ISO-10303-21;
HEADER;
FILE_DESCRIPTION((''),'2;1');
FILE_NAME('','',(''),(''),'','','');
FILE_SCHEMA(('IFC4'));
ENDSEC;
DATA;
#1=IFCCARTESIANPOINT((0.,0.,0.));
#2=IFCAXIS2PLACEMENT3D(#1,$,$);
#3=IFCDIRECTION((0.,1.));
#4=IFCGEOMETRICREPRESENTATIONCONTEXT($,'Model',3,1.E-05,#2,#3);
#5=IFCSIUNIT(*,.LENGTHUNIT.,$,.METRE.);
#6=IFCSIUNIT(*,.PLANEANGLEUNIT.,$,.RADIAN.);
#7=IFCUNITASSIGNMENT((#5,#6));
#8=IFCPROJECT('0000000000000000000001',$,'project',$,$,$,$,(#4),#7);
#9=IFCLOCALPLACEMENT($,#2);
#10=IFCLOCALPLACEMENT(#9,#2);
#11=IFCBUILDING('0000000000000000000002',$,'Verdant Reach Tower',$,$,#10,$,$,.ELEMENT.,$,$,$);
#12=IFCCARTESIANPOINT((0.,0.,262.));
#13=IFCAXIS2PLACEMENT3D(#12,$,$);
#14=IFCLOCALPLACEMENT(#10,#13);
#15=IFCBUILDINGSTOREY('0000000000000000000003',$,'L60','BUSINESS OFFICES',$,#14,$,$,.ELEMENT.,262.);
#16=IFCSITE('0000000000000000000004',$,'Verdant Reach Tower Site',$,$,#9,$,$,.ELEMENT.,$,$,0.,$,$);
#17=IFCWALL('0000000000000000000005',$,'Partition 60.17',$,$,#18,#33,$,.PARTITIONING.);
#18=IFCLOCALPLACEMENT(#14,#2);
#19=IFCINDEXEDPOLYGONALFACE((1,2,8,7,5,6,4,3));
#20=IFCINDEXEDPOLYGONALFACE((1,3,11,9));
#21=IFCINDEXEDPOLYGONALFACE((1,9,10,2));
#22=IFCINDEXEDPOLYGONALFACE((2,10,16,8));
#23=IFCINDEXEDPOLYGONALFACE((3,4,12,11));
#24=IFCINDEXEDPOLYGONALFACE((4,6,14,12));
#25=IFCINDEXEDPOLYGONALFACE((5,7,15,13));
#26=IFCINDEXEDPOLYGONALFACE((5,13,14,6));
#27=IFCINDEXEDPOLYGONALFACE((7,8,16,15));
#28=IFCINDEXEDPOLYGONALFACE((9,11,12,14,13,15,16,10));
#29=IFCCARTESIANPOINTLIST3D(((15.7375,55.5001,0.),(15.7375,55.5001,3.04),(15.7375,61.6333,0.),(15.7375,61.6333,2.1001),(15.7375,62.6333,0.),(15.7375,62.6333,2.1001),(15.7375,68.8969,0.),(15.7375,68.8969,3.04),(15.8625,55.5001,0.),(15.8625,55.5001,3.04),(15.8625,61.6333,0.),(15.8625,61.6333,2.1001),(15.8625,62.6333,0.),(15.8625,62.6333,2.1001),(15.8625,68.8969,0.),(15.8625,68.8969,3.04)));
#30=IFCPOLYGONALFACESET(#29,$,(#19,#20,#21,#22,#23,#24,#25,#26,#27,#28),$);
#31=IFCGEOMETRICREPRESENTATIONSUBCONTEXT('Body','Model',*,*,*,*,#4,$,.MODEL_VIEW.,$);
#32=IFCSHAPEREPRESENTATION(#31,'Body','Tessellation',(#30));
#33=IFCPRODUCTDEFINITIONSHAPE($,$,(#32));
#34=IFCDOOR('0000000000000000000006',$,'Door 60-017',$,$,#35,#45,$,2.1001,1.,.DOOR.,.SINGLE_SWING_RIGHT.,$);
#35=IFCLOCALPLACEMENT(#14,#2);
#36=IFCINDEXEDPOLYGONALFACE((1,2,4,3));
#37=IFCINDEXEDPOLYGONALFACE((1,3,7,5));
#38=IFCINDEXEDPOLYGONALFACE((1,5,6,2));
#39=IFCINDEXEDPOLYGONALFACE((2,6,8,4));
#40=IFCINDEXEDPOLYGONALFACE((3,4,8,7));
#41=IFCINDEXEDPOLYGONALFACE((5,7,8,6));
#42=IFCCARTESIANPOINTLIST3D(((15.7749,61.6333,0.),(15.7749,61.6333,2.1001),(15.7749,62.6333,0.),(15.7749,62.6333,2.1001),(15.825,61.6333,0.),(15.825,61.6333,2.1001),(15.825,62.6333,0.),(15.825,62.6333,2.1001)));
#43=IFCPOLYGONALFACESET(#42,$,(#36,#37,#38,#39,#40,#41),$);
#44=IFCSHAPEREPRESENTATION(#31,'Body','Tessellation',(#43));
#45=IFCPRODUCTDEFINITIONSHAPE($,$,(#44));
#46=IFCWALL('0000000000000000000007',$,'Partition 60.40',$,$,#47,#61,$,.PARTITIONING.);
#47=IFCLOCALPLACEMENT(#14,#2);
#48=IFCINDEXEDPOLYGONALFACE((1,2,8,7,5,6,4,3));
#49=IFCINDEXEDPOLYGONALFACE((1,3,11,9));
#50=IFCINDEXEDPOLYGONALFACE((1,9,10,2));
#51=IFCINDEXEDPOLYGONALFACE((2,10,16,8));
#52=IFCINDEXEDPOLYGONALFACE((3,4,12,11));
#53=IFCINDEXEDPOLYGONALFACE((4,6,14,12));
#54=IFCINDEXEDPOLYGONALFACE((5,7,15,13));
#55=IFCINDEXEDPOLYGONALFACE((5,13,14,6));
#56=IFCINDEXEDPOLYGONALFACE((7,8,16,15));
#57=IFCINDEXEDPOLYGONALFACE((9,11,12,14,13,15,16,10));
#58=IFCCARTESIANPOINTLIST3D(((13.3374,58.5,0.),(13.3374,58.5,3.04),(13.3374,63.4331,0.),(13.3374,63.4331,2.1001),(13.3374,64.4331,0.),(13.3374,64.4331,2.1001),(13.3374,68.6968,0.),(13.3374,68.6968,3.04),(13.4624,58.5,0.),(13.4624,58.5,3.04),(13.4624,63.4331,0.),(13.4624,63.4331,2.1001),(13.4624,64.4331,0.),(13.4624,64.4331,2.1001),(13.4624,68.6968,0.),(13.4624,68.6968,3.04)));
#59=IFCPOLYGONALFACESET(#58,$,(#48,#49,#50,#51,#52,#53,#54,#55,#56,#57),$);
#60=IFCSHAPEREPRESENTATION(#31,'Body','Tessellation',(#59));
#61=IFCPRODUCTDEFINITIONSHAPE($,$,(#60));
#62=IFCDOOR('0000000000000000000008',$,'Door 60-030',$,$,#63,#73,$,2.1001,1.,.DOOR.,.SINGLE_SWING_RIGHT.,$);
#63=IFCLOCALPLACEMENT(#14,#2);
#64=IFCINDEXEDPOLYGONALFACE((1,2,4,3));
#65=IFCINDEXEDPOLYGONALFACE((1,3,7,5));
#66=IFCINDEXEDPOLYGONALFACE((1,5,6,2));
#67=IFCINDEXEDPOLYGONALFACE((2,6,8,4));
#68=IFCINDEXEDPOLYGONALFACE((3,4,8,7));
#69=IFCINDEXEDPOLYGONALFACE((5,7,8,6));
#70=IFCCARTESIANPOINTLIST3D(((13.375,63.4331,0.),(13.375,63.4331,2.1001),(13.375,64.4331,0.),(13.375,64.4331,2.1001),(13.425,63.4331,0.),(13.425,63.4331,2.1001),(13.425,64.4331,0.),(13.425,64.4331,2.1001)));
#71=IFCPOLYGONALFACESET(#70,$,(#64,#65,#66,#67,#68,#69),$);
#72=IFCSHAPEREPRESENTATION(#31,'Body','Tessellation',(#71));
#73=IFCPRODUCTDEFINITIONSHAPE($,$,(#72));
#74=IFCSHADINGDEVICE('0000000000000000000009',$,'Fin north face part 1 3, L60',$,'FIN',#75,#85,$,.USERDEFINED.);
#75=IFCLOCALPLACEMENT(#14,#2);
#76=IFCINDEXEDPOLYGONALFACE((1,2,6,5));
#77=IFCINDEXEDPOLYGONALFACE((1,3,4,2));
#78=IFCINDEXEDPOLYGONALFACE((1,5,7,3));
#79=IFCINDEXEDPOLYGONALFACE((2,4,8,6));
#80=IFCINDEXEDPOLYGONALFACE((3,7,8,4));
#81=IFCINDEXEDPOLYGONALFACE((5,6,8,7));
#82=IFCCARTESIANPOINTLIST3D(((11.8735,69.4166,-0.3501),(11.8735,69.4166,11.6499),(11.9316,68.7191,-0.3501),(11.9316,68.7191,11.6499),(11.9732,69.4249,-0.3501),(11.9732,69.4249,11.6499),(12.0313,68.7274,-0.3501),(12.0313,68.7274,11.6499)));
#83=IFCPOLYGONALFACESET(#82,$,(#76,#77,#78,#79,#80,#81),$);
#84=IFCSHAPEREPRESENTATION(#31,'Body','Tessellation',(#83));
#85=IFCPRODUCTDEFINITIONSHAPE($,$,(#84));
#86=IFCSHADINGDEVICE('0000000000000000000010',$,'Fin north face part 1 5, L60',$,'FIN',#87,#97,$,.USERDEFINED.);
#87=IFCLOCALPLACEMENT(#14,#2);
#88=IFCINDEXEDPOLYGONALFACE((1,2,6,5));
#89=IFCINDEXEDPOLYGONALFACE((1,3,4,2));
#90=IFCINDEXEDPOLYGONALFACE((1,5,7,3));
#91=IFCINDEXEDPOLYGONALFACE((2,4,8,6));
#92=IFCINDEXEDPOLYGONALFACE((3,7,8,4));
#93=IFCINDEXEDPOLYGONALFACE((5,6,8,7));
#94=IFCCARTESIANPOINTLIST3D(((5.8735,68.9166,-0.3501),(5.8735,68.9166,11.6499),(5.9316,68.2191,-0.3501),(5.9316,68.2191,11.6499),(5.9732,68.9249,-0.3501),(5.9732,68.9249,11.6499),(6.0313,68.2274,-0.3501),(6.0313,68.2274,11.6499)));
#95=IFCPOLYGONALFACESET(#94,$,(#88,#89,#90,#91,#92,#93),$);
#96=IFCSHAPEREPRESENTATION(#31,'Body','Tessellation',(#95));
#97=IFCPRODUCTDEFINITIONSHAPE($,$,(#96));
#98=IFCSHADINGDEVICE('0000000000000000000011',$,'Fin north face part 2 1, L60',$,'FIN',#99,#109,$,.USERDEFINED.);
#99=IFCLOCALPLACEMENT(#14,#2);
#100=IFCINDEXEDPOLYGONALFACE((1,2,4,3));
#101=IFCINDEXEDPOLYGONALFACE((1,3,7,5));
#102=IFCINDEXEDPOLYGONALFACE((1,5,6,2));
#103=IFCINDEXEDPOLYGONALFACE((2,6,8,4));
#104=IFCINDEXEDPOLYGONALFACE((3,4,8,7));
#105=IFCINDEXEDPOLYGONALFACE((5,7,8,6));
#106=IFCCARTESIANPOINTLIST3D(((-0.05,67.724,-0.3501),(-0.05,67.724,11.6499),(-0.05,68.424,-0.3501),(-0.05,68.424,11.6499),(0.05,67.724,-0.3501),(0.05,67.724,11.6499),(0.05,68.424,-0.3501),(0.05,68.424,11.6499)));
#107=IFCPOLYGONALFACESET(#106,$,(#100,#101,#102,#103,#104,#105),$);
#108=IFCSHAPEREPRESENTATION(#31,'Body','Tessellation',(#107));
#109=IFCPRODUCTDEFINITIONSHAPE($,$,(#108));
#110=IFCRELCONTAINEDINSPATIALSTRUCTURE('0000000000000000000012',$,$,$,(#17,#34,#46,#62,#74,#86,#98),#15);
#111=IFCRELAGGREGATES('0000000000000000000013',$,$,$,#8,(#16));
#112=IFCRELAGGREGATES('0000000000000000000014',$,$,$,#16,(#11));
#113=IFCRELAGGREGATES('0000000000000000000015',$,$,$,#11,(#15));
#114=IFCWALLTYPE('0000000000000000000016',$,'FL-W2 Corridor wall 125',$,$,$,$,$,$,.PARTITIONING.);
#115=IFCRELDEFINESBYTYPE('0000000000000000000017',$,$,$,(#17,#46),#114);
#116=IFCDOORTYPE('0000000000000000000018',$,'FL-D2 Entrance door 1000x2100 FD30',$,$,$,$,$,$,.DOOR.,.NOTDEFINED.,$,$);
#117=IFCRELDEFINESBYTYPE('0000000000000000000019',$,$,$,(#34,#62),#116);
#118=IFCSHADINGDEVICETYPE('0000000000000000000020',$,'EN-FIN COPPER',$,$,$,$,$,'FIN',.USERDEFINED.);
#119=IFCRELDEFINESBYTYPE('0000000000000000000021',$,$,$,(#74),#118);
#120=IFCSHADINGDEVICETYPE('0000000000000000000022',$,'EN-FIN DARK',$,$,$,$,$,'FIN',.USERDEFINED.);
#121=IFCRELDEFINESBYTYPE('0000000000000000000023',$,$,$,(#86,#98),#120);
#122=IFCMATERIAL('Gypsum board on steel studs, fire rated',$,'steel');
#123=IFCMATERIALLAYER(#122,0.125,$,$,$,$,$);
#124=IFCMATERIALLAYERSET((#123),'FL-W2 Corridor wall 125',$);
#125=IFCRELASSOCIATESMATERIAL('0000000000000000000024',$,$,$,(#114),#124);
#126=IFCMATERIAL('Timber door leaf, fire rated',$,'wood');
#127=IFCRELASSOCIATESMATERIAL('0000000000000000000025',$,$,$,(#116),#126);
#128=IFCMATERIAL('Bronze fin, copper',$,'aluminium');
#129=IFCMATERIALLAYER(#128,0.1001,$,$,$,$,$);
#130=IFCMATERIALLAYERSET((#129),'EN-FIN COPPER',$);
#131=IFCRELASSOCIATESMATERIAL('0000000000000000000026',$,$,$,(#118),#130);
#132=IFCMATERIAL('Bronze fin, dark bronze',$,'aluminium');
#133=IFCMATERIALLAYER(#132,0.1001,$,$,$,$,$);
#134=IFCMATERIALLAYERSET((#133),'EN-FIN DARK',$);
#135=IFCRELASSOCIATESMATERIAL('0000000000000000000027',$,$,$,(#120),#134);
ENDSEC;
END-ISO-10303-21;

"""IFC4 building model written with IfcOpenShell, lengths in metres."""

from ifc_helpers import new_model, si_unit, direction, frame, frame_2d, origin, origin_2d, place, context, subcontext, project, spatial, rectangle, extrude, material, layer, layer_set, type_object, element, fill, save


model = new_model("IFC4")

# Units and contexts
model_context = context("Model", 3, precision=1e-05, world=origin(), true_north=direction((0.0, 1.0)))
body_context = subcontext(model_context, "Body", "Model", "MODEL_VIEW")
ifc_project = project(units=[si_unit("LENGTHUNIT", "METRE"), si_unit("PLANEANGLEUNIT", "RADIAN")], contexts=[model_context])

# Site, building, storey
site_placement = place(None, origin())
site = spatial("IfcSite", under=ifc_project, at=site_placement, Name="Verdant Reach Tower Site", CompositionType="ELEMENT", RefElevation=0.0)
building_placement = place(site_placement, origin())
building = spatial("IfcBuilding", under=site, at=building_placement, Name="Verdant Reach Tower", CompositionType="ELEMENT")
storey_placement = place(building_placement, frame((0.0, 0.0, 262.0)))
storey = spatial("IfcBuildingStorey", under=building, at=storey_placement, Name="L60", Description="BUSINESS OFFICES", CompositionType="ELEMENT", Elevation=262.0)

# Walls, openings, doors
ifc_material_1 = material(Name="Gypsum board on steel studs, fire rated", Category="steel")
ifc_layer_1 = layer(ifc_material_1, 0.125)
ifc_layer_set_1 = layer_set([ifc_layer_1], Name="FL-W2 Corridor wall 125")
wall_type_1 = type_object("IfcWallType", Name="FL-W2 Corridor wall 125", PredefinedType="PARTITIONING", material=ifc_layer_set_1)
ifc_material_2 = material(Name="Timber door leaf, fire rated", Category="wood")
door_type_1 = type_object("IfcDoorType", Name="FL-D2 Entrance door 1000x2100 FD30", OperationType="NOTDEFINED", PredefinedType="DOOR", material=ifc_material_2)
wall_1_placement = place(storey_placement, frame((15.8, 68.8967, 0.0), z_axis=(0.0, 0.0, 1.0), x_axis=(0.0, -1.0, 0.0)))
wall_1 = element("IfcWall", 1, at=wall_1_placement, inside=storey, type_object=wall_type_1, Name="Partition 60.17", PredefinedType="PARTITIONING", context=body_context, shape_type="SweptSolid", body=[
    extrude(rectangle(XDim=13.3967, YDim=0.125, at=frame_2d((6.6982, 0.0))), origin(), (0.0, 0.0, 1.0), 3.04),
])
opening_1_placement = place(wall_1_placement, frame((6.2634, 0.0, 0.0)))
opening_1 = element("IfcOpeningElement", 2, at=opening_1_placement, cuts=wall_1, PredefinedType="OPENING", context=body_context, shape_type="SweptSolid", body=[
    extrude(rectangle(XDim=1.0, YDim=2.1001, at=frame_2d((0.5, 1.05))), frame((0.0, 0.0725, 0.0), z_axis=(0.0, -1.0, 0.0), x_axis=(1.0, 0.0, 0.0)), (0.0, 0.0, 1.0), 0.145),
])
door_1_placement = place(opening_1_placement, origin())
door_1 = element("IfcDoor", 3, at=door_1_placement, inside=storey, type_object=door_type_1, Name="Door 60-017", OperationType="SINGLE_SWING_RIGHT", OverallHeight=2.1001, OverallWidth=1.0, PredefinedType="DOOR", context=body_context, shape_type="SweptSolid", body=[
    extrude(rectangle(XDim=1.0, YDim=2.1001, at=frame_2d((0.5, 1.05))), frame((0.0, 0.0249, 0.0), z_axis=(0.0, -1.0, 0.0), x_axis=(1.0, 0.0, 0.0)), (0.0, 0.0, 1.0), 0.05),
])
fill(opening_1, door_1)
wall_2_placement = place(storey_placement, frame((13.3999, 58.5, 0.0), z_axis=(0.0, 0.0, 1.0), x_axis=(0.0, 1.0, 0.0)))
wall_2 = element("IfcWall", 4, at=wall_2_placement, inside=storey, type_object=wall_type_1, Name="Partition 60.40", PredefinedType="PARTITIONING", context=body_context, shape_type="SweptSolid", body=[
    extrude(rectangle(XDim=10.1968, YDim=0.125, at=frame_2d((5.0984, 0.0))), origin(), (0.0, 0.0, 1.0), 3.04),
])
opening_2_placement = place(wall_2_placement, frame((4.9331, 0.0, 0.0)))
opening_2 = element("IfcOpeningElement", 5, at=opening_2_placement, cuts=wall_2, PredefinedType="OPENING", context=body_context, shape_type="SweptSolid", body=[
    extrude(rectangle(XDim=1.0, YDim=2.1001, at=frame_2d((0.5, 1.05))), frame((0.0, 0.0725, 0.0), z_axis=(0.0, -1.0, 0.0), x_axis=(1.0, 0.0, 0.0)), (0.0, 0.0, 1.0), 0.145),
])
door_2_placement = place(opening_2_placement, origin())
door_2 = element("IfcDoor", 6, at=door_2_placement, inside=storey, type_object=door_type_1, Name="Door 60-030", OperationType="SINGLE_SWING_RIGHT", OverallHeight=2.1001, OverallWidth=1.0, PredefinedType="DOOR", context=body_context, shape_type="SweptSolid", body=[
    extrude(rectangle(XDim=1.0, YDim=2.1001, at=frame_2d((0.5, 1.05))), frame((0.0, 0.0249, 0.0), z_axis=(0.0, -1.0, 0.0), x_axis=(1.0, 0.0, 0.0)), (0.0, 0.0, 1.0), 0.05),
])
fill(opening_2, door_2)

# Shading devices
ifc_material_3 = material(Name="Bronze fin, copper", Category="aluminium")
ifc_layer_2 = layer(ifc_material_3, 0.1001)
ifc_layer_set_2 = layer_set([ifc_layer_2], Name="EN-FIN COPPER")
shading_device_type_1 = type_object("IfcShadingDeviceType", Name="EN-FIN COPPER", ElementType="FIN", PredefinedType="USERDEFINED", material=ifc_layer_set_2)
shading_device_placement = place(storey_placement, frame((11.9524, 69.072, -0.3501), z_axis=(0.0, 0.0, 1.0), x_axis=(-0.996546, -0.083045, 0.0)))
element("IfcShadingDevice", 7, at=shading_device_placement, inside=storey, type_object=shading_device_type_1, Name="Fin north face part 1 3, L60", ObjectType="FIN", PredefinedType="USERDEFINED", context=body_context, shape_type="SweptSolid", body=[
    extrude(rectangle(XDim=0.1001, YDim=0.7, at=origin_2d()), origin(), (0.0, 0.0, 1.0), 12.0),
])
ifc_material_4 = material(Name="Bronze fin, dark bronze", Category="aluminium")
ifc_layer_3 = layer(ifc_material_4, 0.1001)
ifc_layer_set_3 = layer_set([ifc_layer_3], Name="EN-FIN DARK")
shading_device_type_2 = type_object("IfcShadingDeviceType", Name="EN-FIN DARK", ElementType="FIN", PredefinedType="USERDEFINED", material=ifc_layer_set_3)
for number, where, z_axis, x_axis, name in (
    (8, (5.9524, 68.572, -0.3501), (0.0, 0.0, 1.0), (-0.996546, -0.083045, 0.0), "Fin north face part 1 5, L60"),
    (9, (0.0, 68.074, -0.3501), (0.0, 0.0, 1.0), (-1.0, 0.0, 0.0), "Fin north face part 2 1, L60"),
):
    element("IfcShadingDevice", number, at=place(storey_placement, frame(where, z_axis=z_axis, x_axis=x_axis)), inside=storey, type_object=shading_device_type_2, Name=name, ObjectType="FIN", PredefinedType="USERDEFINED", context=body_context, shape_type="SweptSolid", body=[
        extrude(rectangle(XDim=0.1001, YDim=0.7, at=origin_2d()), origin(), (0.0, 0.0, 1.0), 12.0),
    ])

save(model, "model.ifc")
